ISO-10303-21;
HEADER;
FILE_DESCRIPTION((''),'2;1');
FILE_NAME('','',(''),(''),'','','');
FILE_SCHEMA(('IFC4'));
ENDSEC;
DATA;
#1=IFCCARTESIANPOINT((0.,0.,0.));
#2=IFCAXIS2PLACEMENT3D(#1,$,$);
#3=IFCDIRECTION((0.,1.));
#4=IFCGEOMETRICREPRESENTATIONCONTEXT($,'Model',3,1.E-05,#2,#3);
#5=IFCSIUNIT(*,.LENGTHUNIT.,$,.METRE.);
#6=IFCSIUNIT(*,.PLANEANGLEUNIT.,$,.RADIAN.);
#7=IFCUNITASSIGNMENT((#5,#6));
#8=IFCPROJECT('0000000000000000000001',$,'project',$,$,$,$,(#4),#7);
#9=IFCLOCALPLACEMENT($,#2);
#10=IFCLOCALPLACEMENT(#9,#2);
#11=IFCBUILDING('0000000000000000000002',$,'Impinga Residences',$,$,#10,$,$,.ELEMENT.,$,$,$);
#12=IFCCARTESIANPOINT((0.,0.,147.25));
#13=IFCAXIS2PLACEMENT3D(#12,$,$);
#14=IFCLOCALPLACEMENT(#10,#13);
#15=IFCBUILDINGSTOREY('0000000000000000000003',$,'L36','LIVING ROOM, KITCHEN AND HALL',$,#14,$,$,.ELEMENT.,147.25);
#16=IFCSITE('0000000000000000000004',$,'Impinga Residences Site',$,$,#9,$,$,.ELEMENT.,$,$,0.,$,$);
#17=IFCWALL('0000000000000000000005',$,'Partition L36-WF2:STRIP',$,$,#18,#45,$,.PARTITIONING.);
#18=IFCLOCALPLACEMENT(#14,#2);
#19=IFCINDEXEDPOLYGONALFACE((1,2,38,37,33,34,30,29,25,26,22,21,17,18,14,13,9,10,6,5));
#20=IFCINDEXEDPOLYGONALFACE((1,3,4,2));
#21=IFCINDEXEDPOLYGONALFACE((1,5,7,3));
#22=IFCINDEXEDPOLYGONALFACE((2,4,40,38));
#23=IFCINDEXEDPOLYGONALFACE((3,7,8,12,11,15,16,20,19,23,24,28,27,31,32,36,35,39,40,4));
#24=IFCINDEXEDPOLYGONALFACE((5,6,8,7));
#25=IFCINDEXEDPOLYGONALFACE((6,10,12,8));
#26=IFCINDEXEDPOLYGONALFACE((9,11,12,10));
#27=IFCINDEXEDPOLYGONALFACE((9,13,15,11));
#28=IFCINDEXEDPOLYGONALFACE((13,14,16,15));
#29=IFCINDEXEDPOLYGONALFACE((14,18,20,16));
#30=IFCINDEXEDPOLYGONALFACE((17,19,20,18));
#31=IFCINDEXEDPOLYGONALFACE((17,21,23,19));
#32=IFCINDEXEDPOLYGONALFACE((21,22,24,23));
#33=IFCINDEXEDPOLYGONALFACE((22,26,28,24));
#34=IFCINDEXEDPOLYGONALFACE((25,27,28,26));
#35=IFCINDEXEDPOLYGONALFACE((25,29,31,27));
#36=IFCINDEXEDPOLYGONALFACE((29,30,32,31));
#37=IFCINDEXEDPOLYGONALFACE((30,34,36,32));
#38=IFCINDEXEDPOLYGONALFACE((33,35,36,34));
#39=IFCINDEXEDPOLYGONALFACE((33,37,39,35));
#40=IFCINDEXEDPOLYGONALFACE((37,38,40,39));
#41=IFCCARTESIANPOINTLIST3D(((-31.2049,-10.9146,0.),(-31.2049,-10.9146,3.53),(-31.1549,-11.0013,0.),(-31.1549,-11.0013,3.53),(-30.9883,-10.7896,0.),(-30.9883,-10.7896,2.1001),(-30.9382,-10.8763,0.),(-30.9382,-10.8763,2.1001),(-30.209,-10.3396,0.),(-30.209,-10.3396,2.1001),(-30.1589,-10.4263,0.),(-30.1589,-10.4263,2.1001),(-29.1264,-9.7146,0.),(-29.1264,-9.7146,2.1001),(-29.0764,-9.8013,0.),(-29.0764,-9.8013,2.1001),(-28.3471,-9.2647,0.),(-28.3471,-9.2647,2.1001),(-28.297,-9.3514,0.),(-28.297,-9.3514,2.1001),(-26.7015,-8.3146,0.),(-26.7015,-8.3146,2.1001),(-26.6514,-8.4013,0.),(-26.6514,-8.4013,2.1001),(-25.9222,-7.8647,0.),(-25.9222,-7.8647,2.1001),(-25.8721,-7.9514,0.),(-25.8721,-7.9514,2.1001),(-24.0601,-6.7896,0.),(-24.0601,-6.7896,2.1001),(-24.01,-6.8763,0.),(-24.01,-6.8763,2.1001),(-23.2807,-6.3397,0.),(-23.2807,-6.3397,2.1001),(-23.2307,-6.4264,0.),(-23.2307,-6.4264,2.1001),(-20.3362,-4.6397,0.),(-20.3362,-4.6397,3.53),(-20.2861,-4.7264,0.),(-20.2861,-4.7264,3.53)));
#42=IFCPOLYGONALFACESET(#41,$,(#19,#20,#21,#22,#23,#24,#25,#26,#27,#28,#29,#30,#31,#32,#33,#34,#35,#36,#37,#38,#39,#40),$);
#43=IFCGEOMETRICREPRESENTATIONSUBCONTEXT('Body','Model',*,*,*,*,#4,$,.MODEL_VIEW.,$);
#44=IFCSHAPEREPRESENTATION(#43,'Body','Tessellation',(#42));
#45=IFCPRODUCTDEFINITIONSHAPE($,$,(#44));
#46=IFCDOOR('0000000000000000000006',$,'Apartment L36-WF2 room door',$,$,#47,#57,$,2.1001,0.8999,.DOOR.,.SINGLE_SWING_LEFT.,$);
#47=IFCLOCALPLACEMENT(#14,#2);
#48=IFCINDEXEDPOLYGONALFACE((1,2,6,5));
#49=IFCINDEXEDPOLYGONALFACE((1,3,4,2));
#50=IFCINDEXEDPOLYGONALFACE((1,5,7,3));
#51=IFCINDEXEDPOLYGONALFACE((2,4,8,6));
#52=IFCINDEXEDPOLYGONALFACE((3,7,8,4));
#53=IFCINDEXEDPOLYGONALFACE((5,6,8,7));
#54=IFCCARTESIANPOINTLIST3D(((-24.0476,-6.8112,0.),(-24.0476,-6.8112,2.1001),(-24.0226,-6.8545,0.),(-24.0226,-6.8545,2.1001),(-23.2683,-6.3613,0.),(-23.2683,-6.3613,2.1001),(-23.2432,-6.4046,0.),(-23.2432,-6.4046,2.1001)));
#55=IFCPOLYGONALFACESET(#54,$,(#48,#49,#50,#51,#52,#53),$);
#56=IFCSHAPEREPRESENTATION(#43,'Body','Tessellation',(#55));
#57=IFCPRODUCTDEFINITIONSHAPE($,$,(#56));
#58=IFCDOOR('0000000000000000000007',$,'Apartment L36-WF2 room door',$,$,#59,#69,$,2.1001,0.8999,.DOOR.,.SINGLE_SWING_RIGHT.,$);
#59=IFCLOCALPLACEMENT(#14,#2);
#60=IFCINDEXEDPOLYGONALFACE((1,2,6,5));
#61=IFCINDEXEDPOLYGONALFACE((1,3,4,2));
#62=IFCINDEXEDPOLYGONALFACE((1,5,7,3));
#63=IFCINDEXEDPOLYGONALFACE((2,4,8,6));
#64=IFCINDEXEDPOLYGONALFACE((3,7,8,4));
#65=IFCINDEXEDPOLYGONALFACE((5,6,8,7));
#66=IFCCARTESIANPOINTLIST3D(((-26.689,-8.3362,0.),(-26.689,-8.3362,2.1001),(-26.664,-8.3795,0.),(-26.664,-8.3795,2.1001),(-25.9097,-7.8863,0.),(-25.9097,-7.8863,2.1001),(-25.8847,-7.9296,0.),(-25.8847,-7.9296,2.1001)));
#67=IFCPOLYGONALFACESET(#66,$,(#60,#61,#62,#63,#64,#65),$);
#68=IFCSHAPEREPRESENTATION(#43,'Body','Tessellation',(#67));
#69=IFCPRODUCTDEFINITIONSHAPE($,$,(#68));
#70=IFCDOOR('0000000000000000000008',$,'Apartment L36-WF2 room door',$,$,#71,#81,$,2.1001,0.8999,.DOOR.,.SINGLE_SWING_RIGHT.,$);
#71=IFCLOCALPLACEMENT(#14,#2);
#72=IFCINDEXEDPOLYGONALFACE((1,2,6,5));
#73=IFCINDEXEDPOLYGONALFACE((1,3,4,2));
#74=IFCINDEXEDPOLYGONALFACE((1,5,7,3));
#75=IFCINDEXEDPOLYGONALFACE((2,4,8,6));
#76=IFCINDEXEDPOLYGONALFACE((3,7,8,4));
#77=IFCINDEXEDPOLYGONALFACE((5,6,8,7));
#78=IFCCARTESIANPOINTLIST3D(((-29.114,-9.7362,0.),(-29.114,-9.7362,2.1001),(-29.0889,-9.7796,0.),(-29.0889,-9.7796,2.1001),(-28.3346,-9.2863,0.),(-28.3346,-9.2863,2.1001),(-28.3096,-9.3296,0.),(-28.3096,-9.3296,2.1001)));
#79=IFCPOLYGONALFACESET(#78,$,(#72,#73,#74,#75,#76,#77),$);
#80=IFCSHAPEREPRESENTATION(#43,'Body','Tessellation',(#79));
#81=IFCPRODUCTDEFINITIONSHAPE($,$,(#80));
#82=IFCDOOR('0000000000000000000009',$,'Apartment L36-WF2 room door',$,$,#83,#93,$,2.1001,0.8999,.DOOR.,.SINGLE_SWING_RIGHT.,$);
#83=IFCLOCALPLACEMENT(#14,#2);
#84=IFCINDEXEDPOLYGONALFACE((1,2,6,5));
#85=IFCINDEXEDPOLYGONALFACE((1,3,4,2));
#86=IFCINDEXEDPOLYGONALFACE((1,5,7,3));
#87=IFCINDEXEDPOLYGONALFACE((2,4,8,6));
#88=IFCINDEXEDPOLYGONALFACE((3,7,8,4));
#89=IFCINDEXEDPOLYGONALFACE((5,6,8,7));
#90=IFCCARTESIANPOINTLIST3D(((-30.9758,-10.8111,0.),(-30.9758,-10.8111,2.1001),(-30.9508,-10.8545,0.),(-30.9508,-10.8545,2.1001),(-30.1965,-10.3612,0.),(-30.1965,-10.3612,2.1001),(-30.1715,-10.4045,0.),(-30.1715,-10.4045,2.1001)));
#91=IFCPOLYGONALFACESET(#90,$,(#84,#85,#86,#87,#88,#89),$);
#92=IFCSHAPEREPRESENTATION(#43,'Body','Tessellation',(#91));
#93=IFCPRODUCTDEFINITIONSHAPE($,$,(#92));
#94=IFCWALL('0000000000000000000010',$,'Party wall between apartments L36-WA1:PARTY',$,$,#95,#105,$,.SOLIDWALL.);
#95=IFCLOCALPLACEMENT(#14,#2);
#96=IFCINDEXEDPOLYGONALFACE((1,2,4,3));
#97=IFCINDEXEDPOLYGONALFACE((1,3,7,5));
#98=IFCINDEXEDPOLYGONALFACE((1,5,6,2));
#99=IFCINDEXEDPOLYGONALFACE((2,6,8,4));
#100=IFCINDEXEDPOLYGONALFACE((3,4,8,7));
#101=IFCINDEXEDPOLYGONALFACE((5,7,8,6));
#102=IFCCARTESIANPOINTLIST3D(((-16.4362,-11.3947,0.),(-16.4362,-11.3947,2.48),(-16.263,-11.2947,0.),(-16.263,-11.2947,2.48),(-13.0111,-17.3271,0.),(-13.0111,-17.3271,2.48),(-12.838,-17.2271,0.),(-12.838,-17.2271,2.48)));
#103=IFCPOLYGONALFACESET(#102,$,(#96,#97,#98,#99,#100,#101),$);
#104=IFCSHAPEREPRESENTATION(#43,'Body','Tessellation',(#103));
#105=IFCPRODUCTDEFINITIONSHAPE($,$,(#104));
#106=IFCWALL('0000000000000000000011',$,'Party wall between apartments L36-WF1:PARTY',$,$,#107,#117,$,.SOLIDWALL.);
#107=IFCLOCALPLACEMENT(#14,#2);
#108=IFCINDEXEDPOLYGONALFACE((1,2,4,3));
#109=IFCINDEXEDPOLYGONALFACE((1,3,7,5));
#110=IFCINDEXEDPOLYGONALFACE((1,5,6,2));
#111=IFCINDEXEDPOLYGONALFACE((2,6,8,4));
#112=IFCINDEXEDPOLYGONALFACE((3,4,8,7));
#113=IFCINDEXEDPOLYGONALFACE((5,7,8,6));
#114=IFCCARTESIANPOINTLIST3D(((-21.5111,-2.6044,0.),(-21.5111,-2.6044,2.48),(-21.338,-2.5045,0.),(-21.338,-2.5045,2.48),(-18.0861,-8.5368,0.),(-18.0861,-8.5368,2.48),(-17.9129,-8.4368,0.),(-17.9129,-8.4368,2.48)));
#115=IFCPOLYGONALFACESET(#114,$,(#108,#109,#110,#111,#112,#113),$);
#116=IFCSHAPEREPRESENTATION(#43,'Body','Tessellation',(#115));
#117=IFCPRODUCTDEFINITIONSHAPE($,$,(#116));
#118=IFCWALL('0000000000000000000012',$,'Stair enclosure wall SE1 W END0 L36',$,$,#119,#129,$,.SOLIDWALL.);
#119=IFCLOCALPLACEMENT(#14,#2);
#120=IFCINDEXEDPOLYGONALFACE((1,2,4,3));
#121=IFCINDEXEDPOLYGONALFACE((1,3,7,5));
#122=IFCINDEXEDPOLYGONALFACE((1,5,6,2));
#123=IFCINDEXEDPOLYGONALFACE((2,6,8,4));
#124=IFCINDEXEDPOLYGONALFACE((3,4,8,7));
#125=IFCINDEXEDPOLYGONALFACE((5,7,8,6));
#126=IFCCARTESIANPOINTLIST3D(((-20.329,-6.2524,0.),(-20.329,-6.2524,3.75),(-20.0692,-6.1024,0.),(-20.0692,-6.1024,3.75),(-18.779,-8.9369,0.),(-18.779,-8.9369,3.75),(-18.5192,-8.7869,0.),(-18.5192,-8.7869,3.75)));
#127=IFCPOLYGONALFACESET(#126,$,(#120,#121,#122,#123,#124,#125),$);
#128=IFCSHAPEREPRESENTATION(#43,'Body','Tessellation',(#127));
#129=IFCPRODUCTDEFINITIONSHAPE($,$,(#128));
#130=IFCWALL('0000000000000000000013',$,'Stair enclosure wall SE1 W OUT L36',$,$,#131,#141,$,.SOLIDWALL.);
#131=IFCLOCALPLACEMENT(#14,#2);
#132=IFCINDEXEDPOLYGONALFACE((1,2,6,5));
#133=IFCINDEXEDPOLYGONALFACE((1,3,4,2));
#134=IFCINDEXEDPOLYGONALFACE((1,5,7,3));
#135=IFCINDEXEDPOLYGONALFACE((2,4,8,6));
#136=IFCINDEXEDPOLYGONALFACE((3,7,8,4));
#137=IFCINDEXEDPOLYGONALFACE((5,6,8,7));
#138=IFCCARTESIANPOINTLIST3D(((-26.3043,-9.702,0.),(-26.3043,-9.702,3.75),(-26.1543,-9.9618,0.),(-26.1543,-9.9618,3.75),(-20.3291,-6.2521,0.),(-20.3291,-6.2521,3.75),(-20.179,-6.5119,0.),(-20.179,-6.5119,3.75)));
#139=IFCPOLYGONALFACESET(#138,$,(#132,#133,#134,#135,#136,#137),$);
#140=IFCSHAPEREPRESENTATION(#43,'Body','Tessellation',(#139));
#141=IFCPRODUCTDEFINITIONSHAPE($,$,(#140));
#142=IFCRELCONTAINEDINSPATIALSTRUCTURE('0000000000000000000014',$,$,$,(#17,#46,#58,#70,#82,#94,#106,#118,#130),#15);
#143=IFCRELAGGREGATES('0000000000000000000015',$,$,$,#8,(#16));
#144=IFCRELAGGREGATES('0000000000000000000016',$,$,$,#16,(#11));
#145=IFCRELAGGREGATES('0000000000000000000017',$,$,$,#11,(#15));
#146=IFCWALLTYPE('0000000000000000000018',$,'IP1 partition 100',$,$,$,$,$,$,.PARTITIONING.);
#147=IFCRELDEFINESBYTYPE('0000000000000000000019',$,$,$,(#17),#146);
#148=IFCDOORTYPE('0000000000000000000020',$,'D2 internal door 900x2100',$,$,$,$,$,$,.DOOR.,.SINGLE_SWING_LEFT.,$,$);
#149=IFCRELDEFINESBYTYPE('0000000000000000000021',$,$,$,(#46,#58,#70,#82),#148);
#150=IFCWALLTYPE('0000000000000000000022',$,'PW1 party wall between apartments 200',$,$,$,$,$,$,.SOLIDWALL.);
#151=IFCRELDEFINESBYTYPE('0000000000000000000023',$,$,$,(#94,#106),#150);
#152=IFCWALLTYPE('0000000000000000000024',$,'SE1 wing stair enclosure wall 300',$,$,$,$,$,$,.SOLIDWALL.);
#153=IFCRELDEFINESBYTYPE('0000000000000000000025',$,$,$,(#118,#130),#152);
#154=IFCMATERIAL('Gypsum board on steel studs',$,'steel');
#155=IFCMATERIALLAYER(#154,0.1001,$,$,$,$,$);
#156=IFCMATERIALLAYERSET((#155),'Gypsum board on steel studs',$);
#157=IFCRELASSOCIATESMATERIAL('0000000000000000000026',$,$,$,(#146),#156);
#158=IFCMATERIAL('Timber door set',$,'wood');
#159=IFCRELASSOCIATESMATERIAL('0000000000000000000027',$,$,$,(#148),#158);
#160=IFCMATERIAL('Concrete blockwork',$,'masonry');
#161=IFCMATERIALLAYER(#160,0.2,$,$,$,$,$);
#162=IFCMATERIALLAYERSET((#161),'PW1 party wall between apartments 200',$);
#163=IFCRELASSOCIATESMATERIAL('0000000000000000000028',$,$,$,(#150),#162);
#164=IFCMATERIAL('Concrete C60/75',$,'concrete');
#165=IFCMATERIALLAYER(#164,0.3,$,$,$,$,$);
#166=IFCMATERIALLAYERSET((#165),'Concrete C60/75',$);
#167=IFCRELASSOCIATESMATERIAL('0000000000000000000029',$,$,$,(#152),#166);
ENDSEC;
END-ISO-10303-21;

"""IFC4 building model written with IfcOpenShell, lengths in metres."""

from ifc_helpers import new_model, si_unit, direction, frame, frame_2d, origin, place, context, subcontext, project, spatial, rectangle, extrude, material, layer, layer_set, type_object, element, fill, save


model = new_model("IFC4")

# Units and contexts
model_context = context("Model", 3, precision=1e-05, world=origin(), true_north=direction((0.0, 1.0)))
body_context = subcontext(model_context, "Body", "Model", "MODEL_VIEW")
ifc_project = project(units=[si_unit("LENGTHUNIT", "METRE"), si_unit("PLANEANGLEUNIT", "RADIAN")], contexts=[model_context])

# Site, building, storey
site_placement = place(None, origin())
site = spatial("IfcSite", under=ifc_project, at=site_placement, Name="Impinga Residences Site", CompositionType="ELEMENT", RefElevation=0.0)
building_placement = place(site_placement, origin())
building = spatial("IfcBuilding", under=site, at=building_placement, Name="Impinga Residences", CompositionType="ELEMENT")
storey_placement = place(building_placement, frame((0.0, 0.0, 147.25)))
storey = spatial("IfcBuildingStorey", under=building, at=storey_placement, Name="L36", Description="LIVING ROOM, KITCHEN AND HALL", CompositionType="ELEMENT", Elevation=147.25)

# Shared definitions
ifc_material_1 = material(Name="Concrete C60/75", Category="concrete")

# Shared definitions
ifc_material_2 = material(Name="Gypsum board on steel studs", Category="steel")
ifc_layer_1 = layer(ifc_material_2, 0.1001)
ifc_layer_set_1 = layer_set([ifc_layer_1], Name="Gypsum board on steel studs")
wall_type_1 = type_object("IfcWallType", Name="IP1 partition 100", PredefinedType="PARTITIONING", material=ifc_layer_set_1)

# Shared definitions
ifc_material_3 = material(Name="Timber door set", Category="wood")
door_type = type_object("IfcDoorType", Name="D2 internal door 900x2100", OperationType="SINGLE_SWING_LEFT", PredefinedType="DOOR", material=ifc_material_3)

# Wall, openings, doors
wall_1_placement = place(storey_placement, frame((-20.3113, -4.6831, 0.0), z_axis=(0.0, 0.0, 1.0), x_axis=(-0.866029, -0.499993, 0.0)))
wall_1 = element("IfcWall", 1, at=wall_1_placement, inside=storey, type_object=wall_type_1, Name="Partition L36-WF2:STRIP", PredefinedType="PARTITIONING", context=body_context, shape_type="SweptSolid", body=[
    extrude(rectangle(XDim=12.55, YDim=0.1001, at=frame_2d((6.2749, 0.0))), origin(), (0.0, 0.0, 1.0), 3.53),
])
opening_1_placement = place(wall_1_placement, frame((3.3999, 0.0, 0.0)))
opening_1 = element("IfcOpeningElement", 2, at=opening_1_placement, cuts=wall_1, PredefinedType="OPENING", context=body_context, shape_type="SweptSolid", body=[
    extrude(rectangle(XDim=0.8999, YDim=2.1001, at=frame_2d((0.45, 1.05))), frame((0.0, 0.0601, 0.0), z_axis=(0.0, -1.0, 0.0), x_axis=(1.0, 0.0, 0.0)), (0.0, 0.0, 1.0), 0.1201),
])
opening_2_placement = place(wall_1_placement, frame((6.45, 0.0, 0.0)))
opening_2 = element("IfcOpeningElement", 3, at=opening_2_placement, cuts=wall_1, PredefinedType="OPENING", context=body_context, shape_type="SweptSolid", body=[
    extrude(rectangle(XDim=0.8999, YDim=2.1001, at=frame_2d((0.45, 1.05))), frame((0.0, 0.0601, 0.0), z_axis=(0.0, -1.0, 0.0), x_axis=(1.0, 0.0, 0.0)), (0.0, 0.0, 1.0), 0.1201),
])
opening_3_placement = place(wall_1_placement, frame((9.25, 0.0, 0.0)))
opening_3 = element("IfcOpeningElement", 4, at=opening_3_placement, cuts=wall_1, PredefinedType="OPENING", context=body_context, shape_type="SweptSolid", body=[
    extrude(rectangle(XDim=0.8999, YDim=2.1001, at=frame_2d((0.45, 1.05))), frame((0.0, 0.0601, 0.0), z_axis=(0.0, -1.0, 0.0), x_axis=(1.0, 0.0, 0.0)), (0.0, 0.0, 1.0), 0.1201),
])
opening_4_placement = place(wall_1_placement, frame((11.3999, 0.0, 0.0)))
opening_4 = element("IfcOpeningElement", 5, at=opening_4_placement, cuts=wall_1, PredefinedType="OPENING", context=body_context, shape_type="SweptSolid", body=[
    extrude(rectangle(XDim=0.8999, YDim=2.1001, at=frame_2d((0.45, 1.05))), frame((0.0, 0.0601, 0.0), z_axis=(0.0, -1.0, 0.0), x_axis=(1.0, 0.0, 0.0)), (0.0, 0.0, 1.0), 0.1201),
])
door_1_placement = place(opening_1_placement, origin())
door_1 = element("IfcDoor", 6, at=door_1_placement, inside=storey, type_object=door_type, Name="Apartment L36-WF2 room door", OperationType="SINGLE_SWING_LEFT", OverallHeight=2.1001, OverallWidth=0.8999, PredefinedType="DOOR", context=body_context, shape_type="SweptSolid", body=[
    extrude(rectangle(XDim=0.8999, YDim=2.1001, at=frame_2d((0.45, 1.05))), frame((0.0, 0.0249, 0.0), z_axis=(0.0, -1.0, 0.0), x_axis=(1.0, 0.0, 0.0)), (0.0, 0.0, 1.0), 0.05),
])
fill(opening_1, door_1)
door_2_placement = place(opening_2_placement, origin())
door_2 = element("IfcDoor", 7, at=door_2_placement, inside=storey, type_object=door_type, Name="Apartment L36-WF2 room door", OperationType="SINGLE_SWING_RIGHT", OverallHeight=2.1001, OverallWidth=0.8999, PredefinedType="DOOR", context=body_context, shape_type="SweptSolid", body=[
    extrude(rectangle(XDim=0.8999, YDim=2.1001, at=frame_2d((0.45, 1.05))), frame((0.0, 0.0249, 0.0), z_axis=(0.0, -1.0, 0.0), x_axis=(1.0, 0.0, 0.0)), (0.0, 0.0, 1.0), 0.05),
])
fill(opening_2, door_2)
door_3_placement = place(opening_3_placement, origin())
door_3 = element("IfcDoor", 8, at=door_3_placement, inside=storey, type_object=door_type, Name="Apartment L36-WF2 room door", OperationType="SINGLE_SWING_RIGHT", OverallHeight=2.1001, OverallWidth=0.8999, PredefinedType="DOOR", context=body_context, shape_type="SweptSolid", body=[
    extrude(rectangle(XDim=0.8999, YDim=2.1001, at=frame_2d((0.45, 1.05))), frame((0.0, 0.0249, 0.0), z_axis=(0.0, -1.0, 0.0), x_axis=(1.0, 0.0, 0.0)), (0.0, 0.0, 1.0), 0.05),
])
fill(opening_3, door_3)
door_4_placement = place(opening_4_placement, origin())
door_4 = element("IfcDoor", 9, at=door_4_placement, inside=storey, type_object=door_type, Name="Apartment L36-WF2 room door", OperationType="SINGLE_SWING_RIGHT", OverallHeight=2.1001, OverallWidth=0.8999, PredefinedType="DOOR", context=body_context, shape_type="SweptSolid", body=[
    extrude(rectangle(XDim=0.8999, YDim=2.1001, at=frame_2d((0.45, 1.05))), frame((0.0, 0.0249, 0.0), z_axis=(0.0, -1.0, 0.0), x_axis=(1.0, 0.0, 0.0)), (0.0, 0.0, 1.0), 0.05),
])
fill(opening_4, door_4)

# Walls
ifc_material_4 = material(Name="Concrete blockwork", Category="masonry")
ifc_layer_2 = layer(ifc_material_4, 0.2)
ifc_layer_set_2 = layer_set([ifc_layer_2], Name="PW1 party wall between apartments 200")
wall_type_2 = type_object("IfcWallType", Name="PW1 party wall between apartments 200", PredefinedType="SOLIDWALL", material=ifc_layer_set_2)
for number, where, z_axis, x_axis, name in (
    (10, (-16.3496, -11.3447, 0.0), (0.0, 0.0, 1.0), (0.499999, -0.866026, 0.0), "Party wall between apartments L36-WA1:PARTY"),
    (11, (-17.9995, -8.4868, 0.0), (0.0, 0.0, 1.0), (-0.499999, 0.866026, 0.0), "Party wall between apartments L36-WF1:PARTY"),
):
    element("IfcWall", number, at=place(storey_placement, frame(where, z_axis=z_axis, x_axis=x_axis)), inside=storey, type_object=wall_type_2, Name=name, PredefinedType="SOLIDWALL", context=body_context, shape_type="SweptSolid", body=[
        extrude(rectangle(XDim=6.8501, YDim=0.2, at=frame_2d((3.425, 0.0))), origin(), (0.0, 0.0, 1.0), 2.48),
    ])
ifc_layer_3 = layer(ifc_material_1, 0.3)
ifc_layer_set_3 = layer_set([ifc_layer_3], Name="Concrete C60/75")
wall_type_3 = type_object("IfcWallType", Name="SE1 wing stair enclosure wall 300", PredefinedType="SOLIDWALL", material=ifc_layer_set_3)
wall_2_placement = place(storey_placement, frame((-18.6492, -8.8618, 0.0), z_axis=(0.0, 0.0, 1.0), x_axis=(-0.500027, 0.86601, 0.0)))
element("IfcWall", 12, at=wall_2_placement, inside=storey, type_object=wall_type_3, Name="Stair enclosure wall SE1 W END0 L36", PredefinedType="SOLIDWALL", context=body_context, shape_type="SweptSolid", body=[
    extrude(rectangle(XDim=3.0999, YDim=0.3, at=frame_2d((1.5498, 0.0))), origin(), (0.0, 0.0, 1.0), 3.75),
])
wall_3_placement = place(storey_placement, frame((-20.2542, -6.3821, 0.0), z_axis=(0.0, 0.0, 1.0), x_axis=(-0.86602, -0.500009, 0.0)))
element("IfcWall", 13, at=wall_3_placement, inside=storey, type_object=wall_type_3, Name="Stair enclosure wall SE1 W OUT L36", PredefinedType="SOLIDWALL", context=body_context, shape_type="SweptSolid", body=[
    extrude(rectangle(XDim=6.8997, YDim=0.3, at=frame_2d((3.4497, 0.0))), origin(), (0.0, 0.0, 1.0), 3.75),
])

save(model, "model.ifc")
